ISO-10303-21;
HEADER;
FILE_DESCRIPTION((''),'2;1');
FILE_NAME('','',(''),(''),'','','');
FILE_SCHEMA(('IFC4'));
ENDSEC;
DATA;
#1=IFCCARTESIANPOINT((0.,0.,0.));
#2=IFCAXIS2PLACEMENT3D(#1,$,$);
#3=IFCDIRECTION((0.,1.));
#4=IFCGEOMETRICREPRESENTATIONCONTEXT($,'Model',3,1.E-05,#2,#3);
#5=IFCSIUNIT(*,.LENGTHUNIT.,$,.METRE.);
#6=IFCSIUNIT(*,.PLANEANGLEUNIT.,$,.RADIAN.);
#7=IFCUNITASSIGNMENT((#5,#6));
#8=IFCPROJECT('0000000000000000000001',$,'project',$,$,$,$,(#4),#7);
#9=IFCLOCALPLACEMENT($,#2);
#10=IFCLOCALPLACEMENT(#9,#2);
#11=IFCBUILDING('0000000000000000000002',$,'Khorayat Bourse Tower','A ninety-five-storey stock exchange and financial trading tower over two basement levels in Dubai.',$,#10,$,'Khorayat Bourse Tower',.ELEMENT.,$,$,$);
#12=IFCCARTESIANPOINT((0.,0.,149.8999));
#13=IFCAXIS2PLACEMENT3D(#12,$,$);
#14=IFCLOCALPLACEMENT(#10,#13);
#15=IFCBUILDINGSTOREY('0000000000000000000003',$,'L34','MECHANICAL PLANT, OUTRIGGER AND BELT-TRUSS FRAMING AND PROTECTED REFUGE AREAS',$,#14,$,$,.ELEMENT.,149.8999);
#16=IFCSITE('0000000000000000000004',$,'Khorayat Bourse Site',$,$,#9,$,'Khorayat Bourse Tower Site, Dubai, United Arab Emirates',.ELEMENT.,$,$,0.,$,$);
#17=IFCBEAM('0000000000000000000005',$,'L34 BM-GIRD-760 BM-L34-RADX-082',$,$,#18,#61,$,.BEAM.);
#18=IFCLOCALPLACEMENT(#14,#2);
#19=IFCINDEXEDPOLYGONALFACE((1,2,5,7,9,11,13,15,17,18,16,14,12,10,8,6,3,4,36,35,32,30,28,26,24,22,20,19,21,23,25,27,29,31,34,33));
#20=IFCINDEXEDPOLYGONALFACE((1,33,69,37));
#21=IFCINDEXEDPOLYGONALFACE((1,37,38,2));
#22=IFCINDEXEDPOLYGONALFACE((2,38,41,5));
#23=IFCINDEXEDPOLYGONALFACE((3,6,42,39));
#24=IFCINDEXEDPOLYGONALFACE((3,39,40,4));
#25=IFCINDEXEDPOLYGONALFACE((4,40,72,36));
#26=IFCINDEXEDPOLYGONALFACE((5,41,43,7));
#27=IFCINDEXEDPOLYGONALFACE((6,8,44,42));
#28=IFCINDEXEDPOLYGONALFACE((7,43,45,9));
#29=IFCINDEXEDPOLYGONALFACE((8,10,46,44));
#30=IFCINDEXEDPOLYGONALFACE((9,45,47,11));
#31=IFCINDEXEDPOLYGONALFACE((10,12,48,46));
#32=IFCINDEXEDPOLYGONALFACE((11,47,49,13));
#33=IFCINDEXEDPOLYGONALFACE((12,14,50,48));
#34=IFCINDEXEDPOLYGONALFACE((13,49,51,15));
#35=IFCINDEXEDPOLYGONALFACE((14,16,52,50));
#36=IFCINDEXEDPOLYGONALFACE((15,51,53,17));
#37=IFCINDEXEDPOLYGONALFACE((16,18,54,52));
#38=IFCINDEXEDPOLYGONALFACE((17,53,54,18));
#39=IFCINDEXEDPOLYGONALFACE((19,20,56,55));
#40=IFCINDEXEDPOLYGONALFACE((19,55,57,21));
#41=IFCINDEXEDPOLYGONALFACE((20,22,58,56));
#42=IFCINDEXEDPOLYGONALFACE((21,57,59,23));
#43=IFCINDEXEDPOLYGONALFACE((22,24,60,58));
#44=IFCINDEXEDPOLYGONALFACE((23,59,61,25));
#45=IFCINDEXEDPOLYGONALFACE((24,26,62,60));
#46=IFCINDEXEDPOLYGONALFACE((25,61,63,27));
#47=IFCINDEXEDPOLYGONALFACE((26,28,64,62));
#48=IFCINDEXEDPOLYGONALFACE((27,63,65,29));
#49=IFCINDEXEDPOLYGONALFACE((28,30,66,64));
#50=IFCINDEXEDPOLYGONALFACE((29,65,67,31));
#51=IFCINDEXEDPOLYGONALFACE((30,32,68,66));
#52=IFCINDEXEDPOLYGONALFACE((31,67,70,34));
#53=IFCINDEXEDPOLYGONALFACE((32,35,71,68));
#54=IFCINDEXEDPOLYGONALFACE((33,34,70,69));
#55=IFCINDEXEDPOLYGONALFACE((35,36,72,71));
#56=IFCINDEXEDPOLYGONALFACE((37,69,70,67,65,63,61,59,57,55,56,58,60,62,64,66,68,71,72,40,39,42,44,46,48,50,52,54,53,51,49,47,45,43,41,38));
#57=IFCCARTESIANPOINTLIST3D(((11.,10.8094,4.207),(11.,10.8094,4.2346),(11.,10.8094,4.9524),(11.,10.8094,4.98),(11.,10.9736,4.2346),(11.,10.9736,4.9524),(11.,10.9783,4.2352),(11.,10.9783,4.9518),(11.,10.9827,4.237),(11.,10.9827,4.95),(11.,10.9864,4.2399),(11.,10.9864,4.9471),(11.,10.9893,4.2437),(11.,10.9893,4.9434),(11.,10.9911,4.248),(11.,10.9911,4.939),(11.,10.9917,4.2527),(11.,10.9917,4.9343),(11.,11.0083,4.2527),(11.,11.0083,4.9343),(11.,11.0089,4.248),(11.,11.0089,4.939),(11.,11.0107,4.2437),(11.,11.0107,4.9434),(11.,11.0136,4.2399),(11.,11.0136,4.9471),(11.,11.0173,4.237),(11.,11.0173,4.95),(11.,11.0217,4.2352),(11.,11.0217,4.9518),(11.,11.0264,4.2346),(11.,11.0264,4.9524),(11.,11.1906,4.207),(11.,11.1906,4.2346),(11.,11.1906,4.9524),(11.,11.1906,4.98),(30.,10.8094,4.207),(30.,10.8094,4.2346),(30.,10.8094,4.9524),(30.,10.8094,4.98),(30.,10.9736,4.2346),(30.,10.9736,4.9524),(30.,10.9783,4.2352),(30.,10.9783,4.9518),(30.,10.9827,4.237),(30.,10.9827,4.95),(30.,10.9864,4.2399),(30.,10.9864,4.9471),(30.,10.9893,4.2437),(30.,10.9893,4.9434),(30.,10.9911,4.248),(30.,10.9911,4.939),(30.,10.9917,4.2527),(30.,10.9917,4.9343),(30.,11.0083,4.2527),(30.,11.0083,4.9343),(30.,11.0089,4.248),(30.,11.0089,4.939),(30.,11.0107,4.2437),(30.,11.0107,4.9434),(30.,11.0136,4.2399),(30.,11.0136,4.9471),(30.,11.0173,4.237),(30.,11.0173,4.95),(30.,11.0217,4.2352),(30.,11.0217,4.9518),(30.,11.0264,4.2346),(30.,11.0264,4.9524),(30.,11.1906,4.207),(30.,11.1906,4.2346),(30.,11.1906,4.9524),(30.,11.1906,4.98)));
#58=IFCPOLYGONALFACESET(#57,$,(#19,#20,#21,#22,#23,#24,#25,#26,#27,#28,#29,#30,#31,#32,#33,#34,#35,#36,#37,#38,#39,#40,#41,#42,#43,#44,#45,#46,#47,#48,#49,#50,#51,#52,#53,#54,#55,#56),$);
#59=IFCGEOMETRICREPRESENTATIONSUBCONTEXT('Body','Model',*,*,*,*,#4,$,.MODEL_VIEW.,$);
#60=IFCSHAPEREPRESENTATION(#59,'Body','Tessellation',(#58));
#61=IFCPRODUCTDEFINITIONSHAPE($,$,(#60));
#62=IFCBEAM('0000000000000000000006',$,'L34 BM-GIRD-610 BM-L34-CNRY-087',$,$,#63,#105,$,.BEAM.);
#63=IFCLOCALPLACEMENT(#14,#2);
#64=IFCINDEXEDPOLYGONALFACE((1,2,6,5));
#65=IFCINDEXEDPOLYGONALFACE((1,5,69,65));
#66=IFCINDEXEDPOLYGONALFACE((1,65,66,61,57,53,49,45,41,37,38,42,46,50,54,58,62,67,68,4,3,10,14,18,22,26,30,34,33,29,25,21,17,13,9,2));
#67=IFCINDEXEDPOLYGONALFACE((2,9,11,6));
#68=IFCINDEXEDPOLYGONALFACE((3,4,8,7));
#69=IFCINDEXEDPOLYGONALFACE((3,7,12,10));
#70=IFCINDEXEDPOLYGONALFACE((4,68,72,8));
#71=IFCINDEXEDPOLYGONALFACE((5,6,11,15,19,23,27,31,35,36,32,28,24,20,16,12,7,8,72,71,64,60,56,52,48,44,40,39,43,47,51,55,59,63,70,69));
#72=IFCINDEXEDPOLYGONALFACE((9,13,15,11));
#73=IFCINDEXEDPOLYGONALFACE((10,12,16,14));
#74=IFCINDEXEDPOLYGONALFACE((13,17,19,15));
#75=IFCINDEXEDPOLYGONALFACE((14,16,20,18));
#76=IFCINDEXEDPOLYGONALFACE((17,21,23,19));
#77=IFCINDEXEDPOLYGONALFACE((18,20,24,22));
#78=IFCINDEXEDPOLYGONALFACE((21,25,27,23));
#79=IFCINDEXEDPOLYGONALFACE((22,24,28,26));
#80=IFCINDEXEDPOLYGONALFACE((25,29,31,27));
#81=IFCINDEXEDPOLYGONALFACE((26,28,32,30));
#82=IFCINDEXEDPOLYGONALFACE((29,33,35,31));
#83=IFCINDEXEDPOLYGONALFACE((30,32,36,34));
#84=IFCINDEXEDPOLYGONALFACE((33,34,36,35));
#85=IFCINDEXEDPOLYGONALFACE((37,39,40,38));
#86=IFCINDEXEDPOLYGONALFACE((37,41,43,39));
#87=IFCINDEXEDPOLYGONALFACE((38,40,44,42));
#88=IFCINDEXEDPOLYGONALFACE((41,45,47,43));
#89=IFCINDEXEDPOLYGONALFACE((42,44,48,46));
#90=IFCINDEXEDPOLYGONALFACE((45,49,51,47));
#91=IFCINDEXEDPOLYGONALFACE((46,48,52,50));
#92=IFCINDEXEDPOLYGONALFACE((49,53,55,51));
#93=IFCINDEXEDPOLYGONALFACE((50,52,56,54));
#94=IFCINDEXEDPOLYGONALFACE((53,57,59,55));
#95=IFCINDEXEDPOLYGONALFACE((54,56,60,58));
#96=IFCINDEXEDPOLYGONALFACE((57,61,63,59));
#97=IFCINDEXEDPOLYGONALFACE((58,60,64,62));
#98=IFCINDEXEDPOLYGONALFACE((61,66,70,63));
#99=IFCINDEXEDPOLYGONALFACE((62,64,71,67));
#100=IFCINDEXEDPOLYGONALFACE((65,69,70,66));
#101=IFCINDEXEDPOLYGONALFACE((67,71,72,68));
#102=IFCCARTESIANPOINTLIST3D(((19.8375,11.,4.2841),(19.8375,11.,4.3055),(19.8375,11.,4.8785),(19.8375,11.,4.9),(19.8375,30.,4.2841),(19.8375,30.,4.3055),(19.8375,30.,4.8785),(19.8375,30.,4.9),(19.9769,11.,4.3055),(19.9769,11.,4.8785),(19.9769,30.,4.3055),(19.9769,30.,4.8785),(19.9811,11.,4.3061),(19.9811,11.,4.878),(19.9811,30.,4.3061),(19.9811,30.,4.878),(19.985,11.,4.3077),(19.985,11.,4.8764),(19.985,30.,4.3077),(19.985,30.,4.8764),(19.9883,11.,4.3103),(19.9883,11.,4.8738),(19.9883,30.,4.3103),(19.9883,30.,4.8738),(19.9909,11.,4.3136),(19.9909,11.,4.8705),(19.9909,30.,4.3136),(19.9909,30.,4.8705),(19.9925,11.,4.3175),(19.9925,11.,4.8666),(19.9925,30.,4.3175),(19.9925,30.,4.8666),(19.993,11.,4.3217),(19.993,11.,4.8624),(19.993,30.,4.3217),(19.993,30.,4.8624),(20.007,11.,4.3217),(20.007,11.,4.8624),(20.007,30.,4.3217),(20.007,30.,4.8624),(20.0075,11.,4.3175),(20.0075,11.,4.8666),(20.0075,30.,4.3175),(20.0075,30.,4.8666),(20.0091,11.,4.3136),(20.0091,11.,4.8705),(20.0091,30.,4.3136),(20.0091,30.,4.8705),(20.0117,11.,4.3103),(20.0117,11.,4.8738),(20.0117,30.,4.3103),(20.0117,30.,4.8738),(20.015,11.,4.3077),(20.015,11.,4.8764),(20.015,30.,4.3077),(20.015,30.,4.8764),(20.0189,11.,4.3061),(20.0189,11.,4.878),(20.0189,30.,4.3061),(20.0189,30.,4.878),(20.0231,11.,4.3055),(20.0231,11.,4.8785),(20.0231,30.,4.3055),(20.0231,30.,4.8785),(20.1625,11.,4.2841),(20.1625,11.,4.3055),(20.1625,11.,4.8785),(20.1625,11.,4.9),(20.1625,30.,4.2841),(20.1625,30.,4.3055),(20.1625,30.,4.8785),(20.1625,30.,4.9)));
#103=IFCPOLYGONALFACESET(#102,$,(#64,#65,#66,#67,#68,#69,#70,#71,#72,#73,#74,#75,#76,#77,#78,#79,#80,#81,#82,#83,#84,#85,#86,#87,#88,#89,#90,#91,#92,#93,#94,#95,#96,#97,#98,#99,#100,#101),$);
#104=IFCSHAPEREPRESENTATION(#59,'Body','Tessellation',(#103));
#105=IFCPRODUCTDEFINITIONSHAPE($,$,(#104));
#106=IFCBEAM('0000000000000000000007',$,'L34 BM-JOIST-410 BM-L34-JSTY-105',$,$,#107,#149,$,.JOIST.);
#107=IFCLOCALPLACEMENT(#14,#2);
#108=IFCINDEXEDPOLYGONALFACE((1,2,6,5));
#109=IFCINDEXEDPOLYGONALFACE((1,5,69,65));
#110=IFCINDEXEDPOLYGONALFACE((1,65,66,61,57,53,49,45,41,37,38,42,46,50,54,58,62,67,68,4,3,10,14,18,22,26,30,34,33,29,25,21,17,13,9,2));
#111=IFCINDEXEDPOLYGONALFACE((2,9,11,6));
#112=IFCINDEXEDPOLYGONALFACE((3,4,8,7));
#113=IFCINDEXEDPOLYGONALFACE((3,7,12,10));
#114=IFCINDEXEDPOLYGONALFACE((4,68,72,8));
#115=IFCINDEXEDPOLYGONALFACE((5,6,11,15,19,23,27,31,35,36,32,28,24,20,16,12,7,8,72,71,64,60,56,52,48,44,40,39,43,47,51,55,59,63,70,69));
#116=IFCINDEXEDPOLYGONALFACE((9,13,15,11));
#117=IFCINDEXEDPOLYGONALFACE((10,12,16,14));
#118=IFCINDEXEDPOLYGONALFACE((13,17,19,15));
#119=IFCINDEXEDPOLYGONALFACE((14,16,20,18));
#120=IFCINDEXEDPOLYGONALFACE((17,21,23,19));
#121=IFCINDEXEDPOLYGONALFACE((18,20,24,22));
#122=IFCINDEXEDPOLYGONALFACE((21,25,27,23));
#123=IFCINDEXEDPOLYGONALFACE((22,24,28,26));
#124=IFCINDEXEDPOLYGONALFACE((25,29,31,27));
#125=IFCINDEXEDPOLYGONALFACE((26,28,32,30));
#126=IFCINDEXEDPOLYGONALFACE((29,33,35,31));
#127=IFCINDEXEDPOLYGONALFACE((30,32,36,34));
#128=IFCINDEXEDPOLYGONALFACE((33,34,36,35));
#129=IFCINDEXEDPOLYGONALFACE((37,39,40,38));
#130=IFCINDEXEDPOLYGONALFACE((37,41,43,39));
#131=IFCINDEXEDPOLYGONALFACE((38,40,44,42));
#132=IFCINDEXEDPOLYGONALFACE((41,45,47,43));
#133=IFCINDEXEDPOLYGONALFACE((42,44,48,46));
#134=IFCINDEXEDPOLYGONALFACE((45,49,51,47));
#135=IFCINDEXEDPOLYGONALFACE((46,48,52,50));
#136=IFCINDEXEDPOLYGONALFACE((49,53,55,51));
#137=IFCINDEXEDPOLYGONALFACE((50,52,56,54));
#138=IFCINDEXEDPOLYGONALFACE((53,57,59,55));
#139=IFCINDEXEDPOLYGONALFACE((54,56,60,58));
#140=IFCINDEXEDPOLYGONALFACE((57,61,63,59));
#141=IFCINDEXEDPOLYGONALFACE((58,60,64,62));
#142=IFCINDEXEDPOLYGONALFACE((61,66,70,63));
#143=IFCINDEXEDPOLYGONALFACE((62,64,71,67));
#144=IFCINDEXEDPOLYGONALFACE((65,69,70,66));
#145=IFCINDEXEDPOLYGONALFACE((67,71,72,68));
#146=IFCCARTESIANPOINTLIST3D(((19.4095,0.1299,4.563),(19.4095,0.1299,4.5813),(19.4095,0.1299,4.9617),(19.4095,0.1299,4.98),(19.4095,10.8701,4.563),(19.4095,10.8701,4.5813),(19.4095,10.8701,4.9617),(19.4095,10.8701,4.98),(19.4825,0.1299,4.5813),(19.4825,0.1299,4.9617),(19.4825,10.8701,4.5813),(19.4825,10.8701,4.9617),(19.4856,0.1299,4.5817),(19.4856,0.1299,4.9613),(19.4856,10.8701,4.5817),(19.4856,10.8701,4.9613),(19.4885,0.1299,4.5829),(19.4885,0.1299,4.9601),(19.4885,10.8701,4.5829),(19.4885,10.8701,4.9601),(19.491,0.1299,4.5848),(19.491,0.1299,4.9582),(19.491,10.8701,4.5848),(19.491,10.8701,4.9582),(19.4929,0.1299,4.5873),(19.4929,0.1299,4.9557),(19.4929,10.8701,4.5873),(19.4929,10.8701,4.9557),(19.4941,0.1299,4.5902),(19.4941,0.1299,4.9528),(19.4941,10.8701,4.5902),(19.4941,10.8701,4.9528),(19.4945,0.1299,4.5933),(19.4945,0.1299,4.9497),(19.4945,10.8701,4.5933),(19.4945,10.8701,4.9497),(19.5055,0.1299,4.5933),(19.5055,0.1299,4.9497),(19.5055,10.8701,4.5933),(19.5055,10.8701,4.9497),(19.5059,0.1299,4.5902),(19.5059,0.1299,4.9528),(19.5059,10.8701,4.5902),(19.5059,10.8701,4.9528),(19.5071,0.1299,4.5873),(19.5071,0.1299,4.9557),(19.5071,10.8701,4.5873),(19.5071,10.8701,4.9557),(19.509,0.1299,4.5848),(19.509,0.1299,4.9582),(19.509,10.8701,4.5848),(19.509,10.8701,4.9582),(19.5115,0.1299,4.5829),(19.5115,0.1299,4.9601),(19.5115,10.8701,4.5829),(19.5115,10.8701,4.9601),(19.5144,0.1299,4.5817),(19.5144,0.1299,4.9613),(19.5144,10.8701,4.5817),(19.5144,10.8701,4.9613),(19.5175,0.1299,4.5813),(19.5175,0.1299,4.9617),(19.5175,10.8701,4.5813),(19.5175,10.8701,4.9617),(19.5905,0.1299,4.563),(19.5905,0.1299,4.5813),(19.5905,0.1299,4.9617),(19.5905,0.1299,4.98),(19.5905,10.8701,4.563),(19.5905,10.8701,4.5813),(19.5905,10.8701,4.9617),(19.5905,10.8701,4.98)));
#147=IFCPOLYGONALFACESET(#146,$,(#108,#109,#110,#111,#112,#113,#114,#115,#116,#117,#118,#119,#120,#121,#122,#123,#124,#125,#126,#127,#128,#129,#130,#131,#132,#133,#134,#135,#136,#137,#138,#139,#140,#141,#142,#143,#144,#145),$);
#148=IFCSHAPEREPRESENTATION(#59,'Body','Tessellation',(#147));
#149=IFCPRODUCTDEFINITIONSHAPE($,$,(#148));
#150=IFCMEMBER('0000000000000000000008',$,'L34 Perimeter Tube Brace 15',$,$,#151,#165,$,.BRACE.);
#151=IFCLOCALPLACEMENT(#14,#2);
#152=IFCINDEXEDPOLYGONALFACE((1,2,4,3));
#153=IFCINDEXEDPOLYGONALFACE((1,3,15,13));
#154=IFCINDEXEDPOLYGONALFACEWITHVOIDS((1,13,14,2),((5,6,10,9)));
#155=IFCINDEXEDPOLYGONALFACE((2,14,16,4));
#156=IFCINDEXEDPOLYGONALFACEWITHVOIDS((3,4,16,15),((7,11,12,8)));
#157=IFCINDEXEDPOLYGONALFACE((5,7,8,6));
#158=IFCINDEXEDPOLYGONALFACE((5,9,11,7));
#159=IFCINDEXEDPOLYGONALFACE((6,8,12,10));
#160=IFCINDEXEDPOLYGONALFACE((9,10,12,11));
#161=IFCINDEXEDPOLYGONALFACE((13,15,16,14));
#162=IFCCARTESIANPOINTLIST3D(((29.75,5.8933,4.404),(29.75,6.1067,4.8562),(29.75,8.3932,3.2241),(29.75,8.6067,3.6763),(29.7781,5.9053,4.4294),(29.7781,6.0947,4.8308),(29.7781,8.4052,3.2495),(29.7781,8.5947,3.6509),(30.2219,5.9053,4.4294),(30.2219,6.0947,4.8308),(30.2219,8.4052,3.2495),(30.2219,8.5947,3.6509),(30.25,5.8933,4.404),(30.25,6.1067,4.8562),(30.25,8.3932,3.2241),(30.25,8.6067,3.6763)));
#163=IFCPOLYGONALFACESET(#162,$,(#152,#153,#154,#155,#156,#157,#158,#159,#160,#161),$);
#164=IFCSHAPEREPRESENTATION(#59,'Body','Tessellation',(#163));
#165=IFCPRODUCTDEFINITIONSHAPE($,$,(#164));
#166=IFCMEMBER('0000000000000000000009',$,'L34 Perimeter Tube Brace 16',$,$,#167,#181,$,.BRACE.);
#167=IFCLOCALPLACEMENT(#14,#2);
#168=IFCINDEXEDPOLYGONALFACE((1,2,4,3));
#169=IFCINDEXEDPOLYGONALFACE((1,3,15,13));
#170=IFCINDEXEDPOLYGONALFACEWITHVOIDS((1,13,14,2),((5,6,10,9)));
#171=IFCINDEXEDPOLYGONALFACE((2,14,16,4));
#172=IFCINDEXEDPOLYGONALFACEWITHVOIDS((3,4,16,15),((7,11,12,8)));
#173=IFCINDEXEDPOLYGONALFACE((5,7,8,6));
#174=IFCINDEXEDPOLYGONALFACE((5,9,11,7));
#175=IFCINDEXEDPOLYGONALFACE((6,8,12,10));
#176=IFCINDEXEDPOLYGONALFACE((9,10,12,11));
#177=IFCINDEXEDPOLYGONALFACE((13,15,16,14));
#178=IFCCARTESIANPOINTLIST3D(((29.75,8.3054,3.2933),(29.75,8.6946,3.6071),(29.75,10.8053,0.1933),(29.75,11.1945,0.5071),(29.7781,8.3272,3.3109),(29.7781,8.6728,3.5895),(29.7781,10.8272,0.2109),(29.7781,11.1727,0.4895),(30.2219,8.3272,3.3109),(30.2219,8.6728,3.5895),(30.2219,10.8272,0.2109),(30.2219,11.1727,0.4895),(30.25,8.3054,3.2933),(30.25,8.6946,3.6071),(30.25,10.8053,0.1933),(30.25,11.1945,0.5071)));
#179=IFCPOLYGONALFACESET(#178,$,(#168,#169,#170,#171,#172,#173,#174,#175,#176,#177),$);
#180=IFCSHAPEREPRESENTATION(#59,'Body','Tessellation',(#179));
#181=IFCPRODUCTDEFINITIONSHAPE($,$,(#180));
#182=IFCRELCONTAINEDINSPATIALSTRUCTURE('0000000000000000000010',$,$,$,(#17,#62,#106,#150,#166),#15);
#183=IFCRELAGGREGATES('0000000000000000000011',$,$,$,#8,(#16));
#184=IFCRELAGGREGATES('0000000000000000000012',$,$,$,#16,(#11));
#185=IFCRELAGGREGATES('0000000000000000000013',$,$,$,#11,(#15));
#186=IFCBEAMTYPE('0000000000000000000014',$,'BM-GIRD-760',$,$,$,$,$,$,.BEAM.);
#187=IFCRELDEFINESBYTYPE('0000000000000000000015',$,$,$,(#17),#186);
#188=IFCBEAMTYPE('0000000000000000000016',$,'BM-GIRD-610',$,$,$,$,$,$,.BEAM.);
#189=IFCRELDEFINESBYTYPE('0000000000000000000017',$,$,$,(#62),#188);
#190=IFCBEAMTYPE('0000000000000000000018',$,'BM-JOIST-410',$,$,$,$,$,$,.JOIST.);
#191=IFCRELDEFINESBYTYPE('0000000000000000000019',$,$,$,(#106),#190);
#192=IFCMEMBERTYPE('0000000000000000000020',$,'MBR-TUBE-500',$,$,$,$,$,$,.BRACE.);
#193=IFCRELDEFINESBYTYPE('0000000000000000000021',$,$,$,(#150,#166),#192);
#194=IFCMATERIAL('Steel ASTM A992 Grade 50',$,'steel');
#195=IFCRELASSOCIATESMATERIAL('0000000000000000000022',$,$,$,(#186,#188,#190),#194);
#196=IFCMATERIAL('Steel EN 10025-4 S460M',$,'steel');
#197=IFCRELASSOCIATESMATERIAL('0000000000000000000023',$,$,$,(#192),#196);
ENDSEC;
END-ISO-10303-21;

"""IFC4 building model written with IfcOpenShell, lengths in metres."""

from ifc_helpers import new_model, si_unit, direction, frame, origin, origin_2d, place, context, subcontext, project, spatial, hollow_rectangle, i_section, extrude, source, transform, mapped, material, material_profile, profile_set, type_object, element, save


model = new_model("IFC4")

# Units and contexts
model_context = context("Model", 3, precision=1e-05, world=origin(), true_north=direction((0.0, 1.0)))
body_context = subcontext(model_context, "Body", "Model", "MODEL_VIEW")
ifc_project = project(units=[si_unit("LENGTHUNIT", "METRE"), si_unit("PLANEANGLEUNIT", "RADIAN")], contexts=[model_context])

# Site, building, storey
site_placement = place(None, origin())
site = spatial("IfcSite", under=ifc_project, at=site_placement, Name="Khorayat Bourse Site", LongName="Khorayat Bourse Tower Site, Dubai, United Arab Emirates", CompositionType="ELEMENT", RefElevation=0.0)
building_placement = place(site_placement, origin())
building = spatial("IfcBuilding", under=site, at=building_placement, Name="Khorayat Bourse Tower", Description="A ninety-five-storey stock exchange and financial trading tower over two basement levels in Dubai.", LongName="Khorayat Bourse Tower", CompositionType="ELEMENT")
storey_placement = place(building_placement, frame((0.0, 0.0, 149.8999)))
storey = spatial("IfcBuildingStorey", under=building, at=storey_placement, Name="L34", Description="MECHANICAL PLANT, OUTRIGGER AND BELT-TRUSS FRAMING AND PROTECTED REFUGE AREAS", CompositionType="ELEMENT", Elevation=149.8999)

# Shared definitions
ifc_material_1 = material(Name="Steel EN 10025-4 S460M", Category="steel")

# Beams
ifc_material_2 = material(Name="Steel ASTM A992 Grade 50", Category="steel")
ifc_material_profile_1 = material_profile(ifc_material_2, i_section(OverallWidth=0.3811, OverallDepth=0.7729, WebThickness=0.0166, FlangeThickness=0.0276, FilletRadius=0.0181, at=origin_2d()), Name="W760X257")
ifc_profile_set_1 = profile_set([ifc_material_profile_1], Name="Steel ASTM A992 Grade 50")
beam_type_1 = type_object("IfcBeamType", Name="BM-GIRD-760", PredefinedType="BEAM", material=ifc_profile_set_1)
shared_shape_1 = source(origin(), body_context, "Body", "SweptSolid", [
    extrude(i_section(OverallWidth=0.3811, OverallDepth=0.7729, WebThickness=0.0166, FlangeThickness=0.0276, FilletRadius=0.0181, at=origin_2d()), origin(), (0.0, 0.0, 1.0), 19.0),
])
for number, where, z_axis, x_axis, name in (
    (1, (11.0, 11.0, 4.5935), (1.0, 0.0, 0.0), (0.0, 1.0, 0.0), "L34 BM-GIRD-760 BM-L34-RADX-082"),
):
    element("IfcBeam", number, at=place(storey_placement, frame(where, z_axis=z_axis, x_axis=x_axis)), inside=storey, type_object=beam_type_1, Name=name, PredefinedType="BEAM", context=body_context, shape_type="MappedRepresentation", body=[
        mapped(shared_shape_1, transform((0.0, 0.0, 0.0), scale=1.0)),
    ])
ifc_material_profile_2 = material_profile(ifc_material_2, i_section(OverallWidth=0.325, OverallDepth=0.616, WebThickness=0.0139, FlangeThickness=0.0215, FilletRadius=0.0161, at=origin_2d()), Name="W610X174")
ifc_profile_set_2 = profile_set([ifc_material_profile_2], Name="Steel ASTM A992 Grade 50")
beam_type_2 = type_object("IfcBeamType", Name="BM-GIRD-610", PredefinedType="BEAM", material=ifc_profile_set_2)
shared_shape_2 = source(origin(), body_context, "Body", "SweptSolid", [
    extrude(i_section(OverallWidth=0.325, OverallDepth=0.616, WebThickness=0.0139, FlangeThickness=0.0215, FilletRadius=0.0161, at=origin_2d()), origin(), (0.0, 0.0, 1.0), 19.0),
])
beam_1_placement = place(storey_placement, frame((20.0, 11.0, 4.592), z_axis=(0.0, 1.0, 0.0), x_axis=(-1.0, 0.0, 0.0)))
element("IfcBeam", 2, at=beam_1_placement, inside=storey, type_object=beam_type_2, Name="L34 BM-GIRD-610 BM-L34-CNRY-087", PredefinedType="BEAM", context=body_context, shape_type="MappedRepresentation", body=[
    mapped(shared_shape_2, transform((0.0, 0.0, 0.0), scale=1.0)),
])
ifc_material_profile_3 = material_profile(ifc_material_2, i_section(OverallWidth=0.1809, OverallDepth=0.417, WebThickness=0.011, FlangeThickness=0.0183, FilletRadius=0.012, at=origin_2d()), Name="W410X85")
ifc_profile_set_3 = profile_set([ifc_material_profile_3], Name="Steel ASTM A992 Grade 50")
beam_type_3 = type_object("IfcBeamType", Name="BM-JOIST-410", PredefinedType="JOIST", material=ifc_profile_set_3)
shared_shape_3 = source(origin(), body_context, "Body", "SweptSolid", [
    extrude(i_section(OverallWidth=0.1809, OverallDepth=0.417, WebThickness=0.011, FlangeThickness=0.0183, FilletRadius=0.012, at=origin_2d()), origin(), (0.0, 0.0, 1.0), 10.7402),
])
beam_2_placement = place(storey_placement, frame((19.5, 0.1299, 4.7715), z_axis=(0.0, 1.0, 0.0), x_axis=(-1.0, 0.0, 0.0)))
element("IfcBeam", 3, at=beam_2_placement, inside=storey, type_object=beam_type_3, Name="L34 BM-JOIST-410 BM-L34-JSTY-105", PredefinedType="JOIST", context=body_context, shape_type="MappedRepresentation", body=[
    mapped(shared_shape_3, transform((0.0, 0.0, 0.0), scale=1.0)),
])

# Members
ifc_material_profile_4 = material_profile(ifc_material_1, hollow_rectangle(XDim=0.5, YDim=0.5, WallThickness=0.0281, at=origin_2d()), Name="HSS 500x500x28")
ifc_profile_set_4 = profile_set([ifc_material_profile_4], Name="Steel EN 10025-4 S460M")
member_type_1 = type_object("IfcMemberType", Name="MBR-TUBE-500", PredefinedType="BRACE", material=ifc_profile_set_4)
shared_shape_4 = source(origin(), body_context, "Body", "SweptSolid", [
    extrude(hollow_rectangle(XDim=0.5, YDim=0.5, WallThickness=0.0281, at=origin_2d()), origin(), (0.0, 0.0, 1.0), 2.7644),
])
member_1_placement = place(storey_placement, frame((30.0, 6.0, 4.6301), z_axis=(0.0, 0.904336, -0.426822), x_axis=(-1.0, 0.0, 0.0)))
element("IfcMember", 4, at=member_1_placement, inside=storey, type_object=member_type_1, Name="L34 Perimeter Tube Brace 15", PredefinedType="BRACE", context=body_context, shape_type="MappedRepresentation", body=[
    mapped(shared_shape_4, transform((0.0, 0.0, 0.0), scale=1.0)),
])
shared_shape_5 = source(origin(), body_context, "Body", "SweptSolid", [
    extrude(hollow_rectangle(XDim=0.5, YDim=0.5, WallThickness=0.0281, at=origin_2d()), origin(), (0.0, 0.0, 1.0), 3.9824),
])
member_2_placement = place(storey_placement, frame((30.0, 8.5, 3.4502), z_axis=(0.0, 0.62774, -0.778423), x_axis=(-1.0, 0.0, 0.0)))
element("IfcMember", 5, at=member_2_placement, inside=storey, type_object=member_type_1, Name="L34 Perimeter Tube Brace 16", PredefinedType="BRACE", context=body_context, shape_type="MappedRepresentation", body=[
    mapped(shared_shape_5, transform((0.0, 0.0, 0.0), scale=1.0)),
])

save(model, "model.ifc")
